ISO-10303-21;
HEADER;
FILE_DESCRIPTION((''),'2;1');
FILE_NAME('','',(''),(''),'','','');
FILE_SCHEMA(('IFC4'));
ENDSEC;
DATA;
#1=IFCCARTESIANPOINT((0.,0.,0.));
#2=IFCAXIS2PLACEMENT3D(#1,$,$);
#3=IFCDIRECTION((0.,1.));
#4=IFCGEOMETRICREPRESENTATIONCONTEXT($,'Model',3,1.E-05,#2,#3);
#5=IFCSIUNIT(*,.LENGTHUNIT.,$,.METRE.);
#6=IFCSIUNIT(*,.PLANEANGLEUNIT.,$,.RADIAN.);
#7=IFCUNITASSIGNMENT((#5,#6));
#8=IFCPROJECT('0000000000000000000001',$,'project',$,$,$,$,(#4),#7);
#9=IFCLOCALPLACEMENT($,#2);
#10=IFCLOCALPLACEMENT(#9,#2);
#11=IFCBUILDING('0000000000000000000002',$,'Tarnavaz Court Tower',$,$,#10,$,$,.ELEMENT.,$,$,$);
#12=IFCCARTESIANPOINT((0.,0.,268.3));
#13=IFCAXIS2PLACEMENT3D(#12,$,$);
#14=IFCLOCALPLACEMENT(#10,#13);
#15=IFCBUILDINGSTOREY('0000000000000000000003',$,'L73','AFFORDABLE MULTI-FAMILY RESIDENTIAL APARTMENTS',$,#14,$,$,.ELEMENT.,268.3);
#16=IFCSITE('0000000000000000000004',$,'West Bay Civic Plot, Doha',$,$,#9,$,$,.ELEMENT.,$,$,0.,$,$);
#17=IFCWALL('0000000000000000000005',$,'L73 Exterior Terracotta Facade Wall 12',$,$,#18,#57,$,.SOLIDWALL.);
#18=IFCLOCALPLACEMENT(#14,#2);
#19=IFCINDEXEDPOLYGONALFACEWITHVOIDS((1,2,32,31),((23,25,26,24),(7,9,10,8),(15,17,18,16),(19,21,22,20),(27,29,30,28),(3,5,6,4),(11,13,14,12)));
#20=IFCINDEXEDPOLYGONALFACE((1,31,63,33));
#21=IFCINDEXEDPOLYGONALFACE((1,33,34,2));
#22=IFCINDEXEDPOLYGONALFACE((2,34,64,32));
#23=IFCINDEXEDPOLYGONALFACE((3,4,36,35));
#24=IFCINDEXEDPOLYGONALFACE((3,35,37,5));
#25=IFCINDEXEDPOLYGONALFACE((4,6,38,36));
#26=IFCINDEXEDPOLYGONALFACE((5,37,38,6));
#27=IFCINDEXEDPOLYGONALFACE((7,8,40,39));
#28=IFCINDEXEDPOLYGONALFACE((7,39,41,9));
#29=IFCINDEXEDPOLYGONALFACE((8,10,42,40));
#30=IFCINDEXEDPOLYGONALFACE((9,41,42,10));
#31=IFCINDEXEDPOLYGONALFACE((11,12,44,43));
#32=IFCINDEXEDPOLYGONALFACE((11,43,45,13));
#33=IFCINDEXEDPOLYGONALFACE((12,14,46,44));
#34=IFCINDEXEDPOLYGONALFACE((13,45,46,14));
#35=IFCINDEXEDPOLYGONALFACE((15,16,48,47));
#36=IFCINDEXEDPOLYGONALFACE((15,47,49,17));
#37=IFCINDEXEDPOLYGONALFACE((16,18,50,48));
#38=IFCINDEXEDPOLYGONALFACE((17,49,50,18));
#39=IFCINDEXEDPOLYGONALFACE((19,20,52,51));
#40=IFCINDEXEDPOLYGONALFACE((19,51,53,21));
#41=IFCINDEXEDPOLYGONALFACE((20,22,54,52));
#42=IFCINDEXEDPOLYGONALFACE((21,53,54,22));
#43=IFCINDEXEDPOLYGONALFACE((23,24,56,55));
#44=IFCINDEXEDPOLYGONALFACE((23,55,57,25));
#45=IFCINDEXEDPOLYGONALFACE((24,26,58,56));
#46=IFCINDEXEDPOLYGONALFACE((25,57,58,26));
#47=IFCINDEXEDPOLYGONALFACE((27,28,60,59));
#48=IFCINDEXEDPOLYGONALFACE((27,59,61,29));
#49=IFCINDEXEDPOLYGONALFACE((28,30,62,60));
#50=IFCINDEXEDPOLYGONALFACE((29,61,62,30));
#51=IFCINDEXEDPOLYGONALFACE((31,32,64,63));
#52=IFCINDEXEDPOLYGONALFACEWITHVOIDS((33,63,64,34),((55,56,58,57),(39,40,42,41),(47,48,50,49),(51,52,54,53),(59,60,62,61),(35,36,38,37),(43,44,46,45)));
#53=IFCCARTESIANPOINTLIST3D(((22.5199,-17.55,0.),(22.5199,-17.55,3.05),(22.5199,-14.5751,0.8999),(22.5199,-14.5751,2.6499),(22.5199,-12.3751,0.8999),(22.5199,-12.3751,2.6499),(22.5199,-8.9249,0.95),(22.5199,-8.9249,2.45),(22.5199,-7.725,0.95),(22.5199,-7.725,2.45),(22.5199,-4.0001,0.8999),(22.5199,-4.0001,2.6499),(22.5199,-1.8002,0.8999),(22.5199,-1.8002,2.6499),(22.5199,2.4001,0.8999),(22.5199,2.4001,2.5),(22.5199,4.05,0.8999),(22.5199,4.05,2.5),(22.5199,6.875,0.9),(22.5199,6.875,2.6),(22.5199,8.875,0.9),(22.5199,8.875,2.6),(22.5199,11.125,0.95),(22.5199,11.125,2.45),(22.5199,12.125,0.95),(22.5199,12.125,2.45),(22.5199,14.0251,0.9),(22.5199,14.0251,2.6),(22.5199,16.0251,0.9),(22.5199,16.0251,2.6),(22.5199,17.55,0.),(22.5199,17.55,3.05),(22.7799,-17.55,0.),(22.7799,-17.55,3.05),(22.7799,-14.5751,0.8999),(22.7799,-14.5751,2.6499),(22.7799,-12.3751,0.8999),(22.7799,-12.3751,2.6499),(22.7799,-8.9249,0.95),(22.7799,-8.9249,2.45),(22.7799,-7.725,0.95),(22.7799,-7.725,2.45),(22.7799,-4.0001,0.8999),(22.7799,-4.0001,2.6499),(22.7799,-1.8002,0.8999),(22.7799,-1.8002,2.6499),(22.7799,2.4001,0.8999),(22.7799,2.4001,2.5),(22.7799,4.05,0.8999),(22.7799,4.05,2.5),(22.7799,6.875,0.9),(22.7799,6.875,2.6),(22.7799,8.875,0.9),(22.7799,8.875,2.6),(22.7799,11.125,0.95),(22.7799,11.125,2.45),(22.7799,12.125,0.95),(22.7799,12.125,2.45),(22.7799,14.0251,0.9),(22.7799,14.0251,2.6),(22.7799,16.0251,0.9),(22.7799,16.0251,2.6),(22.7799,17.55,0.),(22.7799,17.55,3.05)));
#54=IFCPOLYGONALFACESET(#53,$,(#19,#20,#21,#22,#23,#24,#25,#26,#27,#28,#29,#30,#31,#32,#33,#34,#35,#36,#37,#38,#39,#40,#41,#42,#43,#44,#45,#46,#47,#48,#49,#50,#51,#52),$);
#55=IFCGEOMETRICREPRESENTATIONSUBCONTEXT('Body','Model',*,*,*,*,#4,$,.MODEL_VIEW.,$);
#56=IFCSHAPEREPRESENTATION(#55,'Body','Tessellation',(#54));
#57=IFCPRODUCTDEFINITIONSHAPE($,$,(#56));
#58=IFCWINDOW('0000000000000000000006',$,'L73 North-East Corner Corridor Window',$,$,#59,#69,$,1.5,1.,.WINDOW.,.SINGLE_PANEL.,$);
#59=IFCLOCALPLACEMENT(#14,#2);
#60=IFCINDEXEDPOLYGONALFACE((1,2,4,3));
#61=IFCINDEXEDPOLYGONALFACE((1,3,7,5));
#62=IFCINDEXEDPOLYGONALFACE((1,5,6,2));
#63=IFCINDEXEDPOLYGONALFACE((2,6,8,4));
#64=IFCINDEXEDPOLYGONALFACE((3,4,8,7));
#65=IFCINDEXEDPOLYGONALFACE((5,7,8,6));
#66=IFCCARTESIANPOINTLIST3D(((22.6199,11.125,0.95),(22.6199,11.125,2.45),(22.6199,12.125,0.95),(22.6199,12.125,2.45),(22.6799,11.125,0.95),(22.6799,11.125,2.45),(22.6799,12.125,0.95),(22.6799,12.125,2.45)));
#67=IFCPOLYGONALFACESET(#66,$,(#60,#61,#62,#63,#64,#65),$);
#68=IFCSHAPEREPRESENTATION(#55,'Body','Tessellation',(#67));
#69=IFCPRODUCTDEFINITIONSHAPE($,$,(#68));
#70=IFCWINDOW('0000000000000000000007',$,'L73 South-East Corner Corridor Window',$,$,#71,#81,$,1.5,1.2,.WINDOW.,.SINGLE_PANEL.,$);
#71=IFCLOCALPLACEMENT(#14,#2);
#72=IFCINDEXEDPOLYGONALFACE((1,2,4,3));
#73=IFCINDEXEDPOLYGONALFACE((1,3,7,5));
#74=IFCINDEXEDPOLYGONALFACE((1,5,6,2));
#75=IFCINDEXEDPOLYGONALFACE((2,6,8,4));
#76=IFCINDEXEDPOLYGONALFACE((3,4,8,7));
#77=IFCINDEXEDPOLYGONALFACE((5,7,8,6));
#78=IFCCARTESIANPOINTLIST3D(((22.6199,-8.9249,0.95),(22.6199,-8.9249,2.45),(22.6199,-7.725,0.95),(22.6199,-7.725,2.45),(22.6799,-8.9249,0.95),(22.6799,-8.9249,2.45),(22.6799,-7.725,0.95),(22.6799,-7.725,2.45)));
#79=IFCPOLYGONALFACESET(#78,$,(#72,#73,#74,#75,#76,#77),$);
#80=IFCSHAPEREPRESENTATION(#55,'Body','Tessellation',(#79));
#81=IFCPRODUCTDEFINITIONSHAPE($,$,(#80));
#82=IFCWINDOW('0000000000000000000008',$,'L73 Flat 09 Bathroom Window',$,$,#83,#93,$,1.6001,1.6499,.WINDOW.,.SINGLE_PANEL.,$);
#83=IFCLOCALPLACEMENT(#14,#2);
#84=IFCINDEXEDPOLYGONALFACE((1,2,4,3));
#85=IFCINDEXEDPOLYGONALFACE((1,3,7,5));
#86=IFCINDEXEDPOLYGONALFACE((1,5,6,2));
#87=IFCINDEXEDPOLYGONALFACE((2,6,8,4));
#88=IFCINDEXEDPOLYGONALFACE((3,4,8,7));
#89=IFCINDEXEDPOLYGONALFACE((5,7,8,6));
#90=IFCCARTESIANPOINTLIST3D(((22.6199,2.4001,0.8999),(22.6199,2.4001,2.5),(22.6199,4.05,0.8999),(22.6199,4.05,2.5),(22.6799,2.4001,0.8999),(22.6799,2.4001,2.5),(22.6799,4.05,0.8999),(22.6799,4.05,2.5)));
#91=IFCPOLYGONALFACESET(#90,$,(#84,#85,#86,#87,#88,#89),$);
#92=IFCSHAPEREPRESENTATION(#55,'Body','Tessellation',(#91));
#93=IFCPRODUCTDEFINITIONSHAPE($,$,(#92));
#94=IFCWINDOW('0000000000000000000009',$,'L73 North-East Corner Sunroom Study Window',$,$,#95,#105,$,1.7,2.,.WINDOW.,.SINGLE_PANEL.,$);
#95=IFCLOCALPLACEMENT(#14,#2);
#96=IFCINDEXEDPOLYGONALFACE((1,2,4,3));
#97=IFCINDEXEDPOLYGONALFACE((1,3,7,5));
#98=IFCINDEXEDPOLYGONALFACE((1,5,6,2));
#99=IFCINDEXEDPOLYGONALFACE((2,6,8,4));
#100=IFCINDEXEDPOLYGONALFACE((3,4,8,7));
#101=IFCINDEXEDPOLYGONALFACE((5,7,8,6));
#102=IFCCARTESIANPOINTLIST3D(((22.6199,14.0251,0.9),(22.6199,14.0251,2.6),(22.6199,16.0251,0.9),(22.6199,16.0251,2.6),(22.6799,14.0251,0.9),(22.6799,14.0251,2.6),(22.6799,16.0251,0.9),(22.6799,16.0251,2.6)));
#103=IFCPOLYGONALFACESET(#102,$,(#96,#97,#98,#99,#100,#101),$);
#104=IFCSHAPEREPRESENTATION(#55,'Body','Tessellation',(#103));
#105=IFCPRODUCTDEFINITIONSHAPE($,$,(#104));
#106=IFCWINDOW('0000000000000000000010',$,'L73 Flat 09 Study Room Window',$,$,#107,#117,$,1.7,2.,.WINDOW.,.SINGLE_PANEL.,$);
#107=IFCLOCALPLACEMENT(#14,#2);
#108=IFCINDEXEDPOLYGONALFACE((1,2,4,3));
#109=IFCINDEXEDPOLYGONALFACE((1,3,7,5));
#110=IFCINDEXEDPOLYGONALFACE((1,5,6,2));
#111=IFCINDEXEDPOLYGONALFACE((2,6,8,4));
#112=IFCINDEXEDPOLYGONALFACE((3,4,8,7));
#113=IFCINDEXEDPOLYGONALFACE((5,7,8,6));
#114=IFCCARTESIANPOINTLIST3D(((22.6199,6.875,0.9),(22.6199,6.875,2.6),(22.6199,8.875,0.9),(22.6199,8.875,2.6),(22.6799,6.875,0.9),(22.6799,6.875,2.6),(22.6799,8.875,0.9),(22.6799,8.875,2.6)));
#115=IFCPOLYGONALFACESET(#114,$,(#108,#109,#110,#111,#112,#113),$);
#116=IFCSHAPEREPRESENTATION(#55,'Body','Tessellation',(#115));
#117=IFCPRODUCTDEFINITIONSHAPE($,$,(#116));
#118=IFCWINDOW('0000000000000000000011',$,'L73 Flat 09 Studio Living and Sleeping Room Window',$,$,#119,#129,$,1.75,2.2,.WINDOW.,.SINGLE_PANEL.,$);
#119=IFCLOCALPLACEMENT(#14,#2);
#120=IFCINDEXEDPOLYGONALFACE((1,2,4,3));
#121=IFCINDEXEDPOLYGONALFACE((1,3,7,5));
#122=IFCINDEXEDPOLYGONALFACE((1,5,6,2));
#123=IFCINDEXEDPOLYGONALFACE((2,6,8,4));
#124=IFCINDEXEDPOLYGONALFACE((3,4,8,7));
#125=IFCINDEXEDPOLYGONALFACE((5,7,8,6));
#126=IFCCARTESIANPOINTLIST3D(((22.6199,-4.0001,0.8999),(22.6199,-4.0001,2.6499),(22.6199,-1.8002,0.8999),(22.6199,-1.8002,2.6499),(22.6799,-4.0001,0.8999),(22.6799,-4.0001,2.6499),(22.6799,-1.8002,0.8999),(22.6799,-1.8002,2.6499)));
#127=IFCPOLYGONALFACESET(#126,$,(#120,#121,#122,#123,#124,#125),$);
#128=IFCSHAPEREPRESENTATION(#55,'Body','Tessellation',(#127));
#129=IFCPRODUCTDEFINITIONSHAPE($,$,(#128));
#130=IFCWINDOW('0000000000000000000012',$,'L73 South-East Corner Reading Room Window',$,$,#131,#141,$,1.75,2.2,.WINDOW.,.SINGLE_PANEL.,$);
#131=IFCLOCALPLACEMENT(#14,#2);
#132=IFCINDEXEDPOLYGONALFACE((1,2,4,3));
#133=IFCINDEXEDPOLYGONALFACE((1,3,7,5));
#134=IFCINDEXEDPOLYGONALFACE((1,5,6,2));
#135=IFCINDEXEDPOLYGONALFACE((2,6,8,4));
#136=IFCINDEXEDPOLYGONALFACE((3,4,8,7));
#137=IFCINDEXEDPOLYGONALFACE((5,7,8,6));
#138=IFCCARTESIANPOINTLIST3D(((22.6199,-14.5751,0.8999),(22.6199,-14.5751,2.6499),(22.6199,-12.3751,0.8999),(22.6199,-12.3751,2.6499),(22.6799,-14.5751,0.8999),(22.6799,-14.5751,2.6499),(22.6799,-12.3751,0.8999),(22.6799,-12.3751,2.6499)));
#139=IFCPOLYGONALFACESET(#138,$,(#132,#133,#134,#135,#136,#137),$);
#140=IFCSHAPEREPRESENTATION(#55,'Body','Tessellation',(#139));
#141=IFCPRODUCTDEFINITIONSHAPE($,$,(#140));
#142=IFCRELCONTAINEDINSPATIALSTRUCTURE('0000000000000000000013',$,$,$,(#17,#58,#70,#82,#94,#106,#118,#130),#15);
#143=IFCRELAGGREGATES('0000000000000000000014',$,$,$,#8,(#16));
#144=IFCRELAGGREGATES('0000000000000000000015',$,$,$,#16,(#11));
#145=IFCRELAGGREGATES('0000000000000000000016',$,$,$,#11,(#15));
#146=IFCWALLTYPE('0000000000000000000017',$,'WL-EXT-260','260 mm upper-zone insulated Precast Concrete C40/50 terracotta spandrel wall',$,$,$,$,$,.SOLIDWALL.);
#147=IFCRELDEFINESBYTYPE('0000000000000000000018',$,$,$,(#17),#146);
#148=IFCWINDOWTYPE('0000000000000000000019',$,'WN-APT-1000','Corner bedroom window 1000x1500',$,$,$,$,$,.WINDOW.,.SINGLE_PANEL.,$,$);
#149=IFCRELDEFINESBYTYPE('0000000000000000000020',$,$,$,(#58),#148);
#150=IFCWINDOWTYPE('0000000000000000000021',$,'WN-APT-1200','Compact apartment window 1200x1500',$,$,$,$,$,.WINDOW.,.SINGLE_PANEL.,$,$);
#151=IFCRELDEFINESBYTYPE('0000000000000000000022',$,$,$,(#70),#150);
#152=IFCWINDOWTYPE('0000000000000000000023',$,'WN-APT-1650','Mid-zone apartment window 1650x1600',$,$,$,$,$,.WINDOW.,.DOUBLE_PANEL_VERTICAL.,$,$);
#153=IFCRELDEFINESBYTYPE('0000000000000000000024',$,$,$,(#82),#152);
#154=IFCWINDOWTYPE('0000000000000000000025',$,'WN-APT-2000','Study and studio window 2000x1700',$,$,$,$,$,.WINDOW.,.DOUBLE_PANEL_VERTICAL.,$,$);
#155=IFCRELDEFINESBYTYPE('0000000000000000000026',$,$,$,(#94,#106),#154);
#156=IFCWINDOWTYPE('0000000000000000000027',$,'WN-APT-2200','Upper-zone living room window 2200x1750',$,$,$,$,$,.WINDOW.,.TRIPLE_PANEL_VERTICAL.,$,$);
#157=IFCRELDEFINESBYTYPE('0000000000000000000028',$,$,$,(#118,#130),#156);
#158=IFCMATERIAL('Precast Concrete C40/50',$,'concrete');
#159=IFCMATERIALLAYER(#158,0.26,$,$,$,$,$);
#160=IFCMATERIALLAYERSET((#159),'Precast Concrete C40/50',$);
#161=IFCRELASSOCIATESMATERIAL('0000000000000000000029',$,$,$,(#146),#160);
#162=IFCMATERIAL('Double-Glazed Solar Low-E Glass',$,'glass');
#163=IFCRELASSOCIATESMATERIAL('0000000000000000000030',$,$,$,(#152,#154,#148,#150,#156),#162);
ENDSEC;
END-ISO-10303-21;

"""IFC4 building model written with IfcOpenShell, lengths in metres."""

from ifc_helpers import new_model, si_unit, direction, frame, frame_2d, origin, place, context, subcontext, project, spatial, rectangle, extrude, material, layer, layer_set, type_object, element, fill, save


model = new_model("IFC4")

# Units and contexts
model_context = context("Model", 3, precision=1e-05, world=origin(), true_north=direction((0.0, 1.0)))
body_context = subcontext(model_context, "Body", "Model", "MODEL_VIEW")
ifc_project = project(units=[si_unit("LENGTHUNIT", "METRE"), si_unit("PLANEANGLEUNIT", "RADIAN")], contexts=[model_context])

# Site, building, storey
site_placement = place(None, origin())
site = spatial("IfcSite", under=ifc_project, at=site_placement, Name="West Bay Civic Plot, Doha", CompositionType="ELEMENT", RefElevation=0.0)
building_placement = place(site_placement, origin())
building = spatial("IfcBuilding", under=site, at=building_placement, Name="Tarnavaz Court Tower", CompositionType="ELEMENT")
storey_placement = place(building_placement, frame((0.0, 0.0, 268.3)))
storey = spatial("IfcBuildingStorey", under=building, at=storey_placement, Name="L73", Description="AFFORDABLE MULTI-FAMILY RESIDENTIAL APARTMENTS", CompositionType="ELEMENT", Elevation=268.3)

# Shared definitions
ifc_material_1 = material(Name="Precast Concrete C40/50", Category="concrete")
ifc_layer_1 = layer(ifc_material_1, 0.26)
ifc_layer_set_1 = layer_set([ifc_layer_1], Name="Precast Concrete C40/50")
wall_type_1 = type_object("IfcWallType", Name="WL-EXT-260", Description="260 mm upper-zone insulated Precast Concrete C40/50 terracotta spandrel wall", PredefinedType="SOLIDWALL", material=ifc_layer_set_1)
ifc_material_2 = material(Name="Double-Glazed Solar Low-E Glass", Category="glass")
window_type_1 = type_object("IfcWindowType", Name="WN-APT-1650", Description="Mid-zone apartment window 1650x1600", PartitioningType="DOUBLE_PANEL_VERTICAL", PredefinedType="WINDOW", material=ifc_material_2)
window_type_2 = type_object("IfcWindowType", Name="WN-APT-2000", Description="Study and studio window 2000x1700", PartitioningType="DOUBLE_PANEL_VERTICAL", PredefinedType="WINDOW", material=ifc_material_2)

# Wall, openings, windows
wall_1_placement = place(storey_placement, frame((22.6499, 17.55, 0.0), z_axis=(0.0, 0.0, 1.0), x_axis=(0.0, -1.0, 0.0)))
wall_1 = element("IfcWall", 1, at=wall_1_placement, inside=storey, type_object=wall_type_1, Name="L73 Exterior Terracotta Facade Wall 12", PredefinedType="SOLIDWALL", context=body_context, shape_type="SweptSolid", body=[
    extrude(rectangle(XDim=35.1001, YDim=0.26, at=frame_2d((17.55, 0.0))), origin(), (0.0, 0.0, 1.0), 3.05),
])
opening_1_placement = place(wall_1_placement, frame((1.5249, 0.0, 0.8999)))
opening_1 = element("IfcOpeningElement", 2, at=opening_1_placement, cuts=wall_1, PredefinedType="OPENING", context=body_context, shape_type="SweptSolid", body=[
    extrude(rectangle(XDim=2.0, YDim=1.7, at=frame_2d((1.0, 0.8501))), frame((0.0, 0.1399, 0.0), z_axis=(0.0, -1.0, 0.0), x_axis=(1.0, 0.0, 0.0)), (0.0, 0.0, 1.0), 0.28),
])
opening_2_placement = place(wall_1_placement, frame((5.425, 0.0, 0.95)))
opening_2 = element("IfcOpeningElement", 3, at=opening_2_placement, cuts=wall_1, PredefinedType="OPENING", context=body_context, shape_type="SweptSolid", body=[
    extrude(rectangle(XDim=1.0, YDim=1.5, at=frame_2d((0.5, 0.75))), frame((0.0, 0.1399, 0.0), z_axis=(0.0, -1.0, 0.0), x_axis=(1.0, 0.0, 0.0)), (0.0, 0.0, 1.0), 0.28),
])
opening_3_placement = place(wall_1_placement, frame((8.675, 0.0, 0.8999)))
opening_3 = element("IfcOpeningElement", 4, at=opening_3_placement, cuts=wall_1, PredefinedType="OPENING", context=body_context, shape_type="SweptSolid", body=[
    extrude(rectangle(XDim=2.0, YDim=1.7, at=frame_2d((1.0, 0.8501))), frame((0.0, 0.1399, 0.0), z_axis=(0.0, -1.0, 0.0), x_axis=(1.0, 0.0, 0.0)), (0.0, 0.0, 1.0), 0.28),
])
opening_4_placement = place(wall_1_placement, frame((13.5, 0.0, 0.8999)))
opening_4 = element("IfcOpeningElement", 5, at=opening_4_placement, cuts=wall_1, PredefinedType="OPENING", context=body_context, shape_type="SweptSolid", body=[
    extrude(rectangle(XDim=1.6499, YDim=1.6001, at=frame_2d((0.825, 0.8))), frame((0.0, 0.1399, 0.0), z_axis=(0.0, -1.0, 0.0), x_axis=(1.0, 0.0, 0.0)), (0.0, 0.0, 1.0), 0.28),
])
opening_5_placement = place(wall_1_placement, frame((19.3501, 0.0, 0.8999)))
opening_5 = element("IfcOpeningElement", 6, at=opening_5_placement, cuts=wall_1, PredefinedType="OPENING", context=body_context, shape_type="SweptSolid", body=[
    extrude(rectangle(XDim=2.2, YDim=1.75, at=frame_2d((1.1001, 0.875))), frame((0.0, 0.1399, 0.0), z_axis=(0.0, -1.0, 0.0), x_axis=(1.0, 0.0, 0.0)), (0.0, 0.0, 1.0), 0.28),
])
opening_6_placement = place(wall_1_placement, frame((25.2749, 0.0, 0.95)))
opening_6 = element("IfcOpeningElement", 7, at=opening_6_placement, cuts=wall_1, PredefinedType="OPENING", context=body_context, shape_type="SweptSolid", body=[
    extrude(rectangle(XDim=1.2, YDim=1.5, at=frame_2d((0.6001, 0.75))), frame((0.0, 0.1399, 0.0), z_axis=(0.0, -1.0, 0.0), x_axis=(1.0, 0.0, 0.0)), (0.0, 0.0, 1.0), 0.28),
])
opening_7_placement = place(wall_1_placement, frame((29.925, 0.0, 0.8999)))
opening_7 = element("IfcOpeningElement", 8, at=opening_7_placement, cuts=wall_1, PredefinedType="OPENING", context=body_context, shape_type="SweptSolid", body=[
    extrude(rectangle(XDim=2.2, YDim=1.75, at=frame_2d((1.1001, 0.875))), frame((0.0, 0.1399, 0.0), z_axis=(0.0, -1.0, 0.0), x_axis=(1.0, 0.0, 0.0)), (0.0, 0.0, 1.0), 0.28),
])
window_type_3 = type_object("IfcWindowType", Name="WN-APT-1000", Description="Corner bedroom window 1000x1500", PartitioningType="SINGLE_PANEL", PredefinedType="WINDOW", material=ifc_material_2)
window_1_placement = place(opening_2_placement, origin())
window_1 = element("IfcWindow", 9, at=window_1_placement, inside=storey, type_object=window_type_3, Name="L73 North-East Corner Corridor Window", OverallHeight=1.5, OverallWidth=1.0, PartitioningType="SINGLE_PANEL", PredefinedType="WINDOW", context=body_context, shape_type="SweptSolid", body=[
    extrude(rectangle(XDim=1.0, YDim=1.5, at=frame_2d((0.5, 0.75))), frame((0.0, 0.03, 0.0), z_axis=(0.0, -1.0, 0.0), x_axis=(1.0, 0.0, 0.0)), (0.0, 0.0, 1.0), 0.0601),
])
fill(opening_2, window_1)
window_type_4 = type_object("IfcWindowType", Name="WN-APT-1200", Description="Compact apartment window 1200x1500", PartitioningType="SINGLE_PANEL", PredefinedType="WINDOW", material=ifc_material_2)
window_2_placement = place(opening_6_placement, origin())
window_2 = element("IfcWindow", 10, at=window_2_placement, inside=storey, type_object=window_type_4, Name="L73 South-East Corner Corridor Window", OverallHeight=1.5, OverallWidth=1.2, PartitioningType="SINGLE_PANEL", PredefinedType="WINDOW", context=body_context, shape_type="SweptSolid", body=[
    extrude(rectangle(XDim=1.2, YDim=1.5, at=frame_2d((0.6001, 0.75))), frame((0.0, 0.03, 0.0), z_axis=(0.0, -1.0, 0.0), x_axis=(1.0, 0.0, 0.0)), (0.0, 0.0, 1.0), 0.0601),
])
fill(opening_6, window_2)
window_3_placement = place(opening_4_placement, origin())
window_3 = element("IfcWindow", 11, at=window_3_placement, inside=storey, type_object=window_type_1, Name="L73 Flat 09 Bathroom Window", OverallHeight=1.6001, OverallWidth=1.6499, PartitioningType="SINGLE_PANEL", PredefinedType="WINDOW", context=body_context, shape_type="SweptSolid", body=[
    extrude(rectangle(XDim=1.6499, YDim=1.6001, at=frame_2d((0.825, 0.8))), frame((0.0, 0.03, 0.0), z_axis=(0.0, -1.0, 0.0), x_axis=(1.0, 0.0, 0.0)), (0.0, 0.0, 1.0), 0.0601),
])
fill(opening_4, window_3)
window_4_placement = place(opening_1_placement, origin())
window_4 = element("IfcWindow", 12, at=window_4_placement, inside=storey, type_object=window_type_2, Name="L73 North-East Corner Sunroom Study Window", OverallHeight=1.7, OverallWidth=2.0, PartitioningType="SINGLE_PANEL", PredefinedType="WINDOW", context=body_context, shape_type="SweptSolid", body=[
    extrude(rectangle(XDim=2.0, YDim=1.7, at=frame_2d((1.0, 0.8501))), frame((0.0, 0.03, 0.0), z_axis=(0.0, -1.0, 0.0), x_axis=(1.0, 0.0, 0.0)), (0.0, 0.0, 1.0), 0.0601),
])
fill(opening_1, window_4)
window_5_placement = place(opening_3_placement, origin())
window_5 = element("IfcWindow", 13, at=window_5_placement, inside=storey, type_object=window_type_2, Name="L73 Flat 09 Study Room Window", OverallHeight=1.7, OverallWidth=2.0, PartitioningType="SINGLE_PANEL", PredefinedType="WINDOW", context=body_context, shape_type="SweptSolid", body=[
    extrude(rectangle(XDim=2.0, YDim=1.7, at=frame_2d((1.0, 0.8501))), frame((0.0, 0.03, 0.0), z_axis=(0.0, -1.0, 0.0), x_axis=(1.0, 0.0, 0.0)), (0.0, 0.0, 1.0), 0.0601),
])
fill(opening_3, window_5)
window_type_5 = type_object("IfcWindowType", Name="WN-APT-2200", Description="Upper-zone living room window 2200x1750", PartitioningType="TRIPLE_PANEL_VERTICAL", PredefinedType="WINDOW", material=ifc_material_2)
window_6_placement = place(opening_5_placement, origin())
window_6 = element("IfcWindow", 14, at=window_6_placement, inside=storey, type_object=window_type_5, Name="L73 Flat 09 Studio Living and Sleeping Room Window", OverallHeight=1.75, OverallWidth=2.2, PartitioningType="SINGLE_PANEL", PredefinedType="WINDOW", context=body_context, shape_type="SweptSolid", body=[
    extrude(rectangle(XDim=2.2, YDim=1.75, at=frame_2d((1.1001, 0.875))), frame((0.0, 0.03, 0.0), z_axis=(0.0, -1.0, 0.0), x_axis=(1.0, 0.0, 0.0)), (0.0, 0.0, 1.0), 0.0601),
])
fill(opening_5, window_6)
window_7_placement = place(opening_7_placement, origin())
window_7 = element("IfcWindow", 15, at=window_7_placement, inside=storey, type_object=window_type_5, Name="L73 South-East Corner Reading Room Window", OverallHeight=1.75, OverallWidth=2.2, PartitioningType="SINGLE_PANEL", PredefinedType="WINDOW", context=body_context, shape_type="SweptSolid", body=[
    extrude(rectangle(XDim=2.2, YDim=1.75, at=frame_2d((1.1001, 0.875))), frame((0.0, 0.03, 0.0), z_axis=(0.0, -1.0, 0.0), x_axis=(1.0, 0.0, 0.0)), (0.0, 0.0, 1.0), 0.0601),
])
fill(opening_7, window_7)

save(model, "model.ifc")
